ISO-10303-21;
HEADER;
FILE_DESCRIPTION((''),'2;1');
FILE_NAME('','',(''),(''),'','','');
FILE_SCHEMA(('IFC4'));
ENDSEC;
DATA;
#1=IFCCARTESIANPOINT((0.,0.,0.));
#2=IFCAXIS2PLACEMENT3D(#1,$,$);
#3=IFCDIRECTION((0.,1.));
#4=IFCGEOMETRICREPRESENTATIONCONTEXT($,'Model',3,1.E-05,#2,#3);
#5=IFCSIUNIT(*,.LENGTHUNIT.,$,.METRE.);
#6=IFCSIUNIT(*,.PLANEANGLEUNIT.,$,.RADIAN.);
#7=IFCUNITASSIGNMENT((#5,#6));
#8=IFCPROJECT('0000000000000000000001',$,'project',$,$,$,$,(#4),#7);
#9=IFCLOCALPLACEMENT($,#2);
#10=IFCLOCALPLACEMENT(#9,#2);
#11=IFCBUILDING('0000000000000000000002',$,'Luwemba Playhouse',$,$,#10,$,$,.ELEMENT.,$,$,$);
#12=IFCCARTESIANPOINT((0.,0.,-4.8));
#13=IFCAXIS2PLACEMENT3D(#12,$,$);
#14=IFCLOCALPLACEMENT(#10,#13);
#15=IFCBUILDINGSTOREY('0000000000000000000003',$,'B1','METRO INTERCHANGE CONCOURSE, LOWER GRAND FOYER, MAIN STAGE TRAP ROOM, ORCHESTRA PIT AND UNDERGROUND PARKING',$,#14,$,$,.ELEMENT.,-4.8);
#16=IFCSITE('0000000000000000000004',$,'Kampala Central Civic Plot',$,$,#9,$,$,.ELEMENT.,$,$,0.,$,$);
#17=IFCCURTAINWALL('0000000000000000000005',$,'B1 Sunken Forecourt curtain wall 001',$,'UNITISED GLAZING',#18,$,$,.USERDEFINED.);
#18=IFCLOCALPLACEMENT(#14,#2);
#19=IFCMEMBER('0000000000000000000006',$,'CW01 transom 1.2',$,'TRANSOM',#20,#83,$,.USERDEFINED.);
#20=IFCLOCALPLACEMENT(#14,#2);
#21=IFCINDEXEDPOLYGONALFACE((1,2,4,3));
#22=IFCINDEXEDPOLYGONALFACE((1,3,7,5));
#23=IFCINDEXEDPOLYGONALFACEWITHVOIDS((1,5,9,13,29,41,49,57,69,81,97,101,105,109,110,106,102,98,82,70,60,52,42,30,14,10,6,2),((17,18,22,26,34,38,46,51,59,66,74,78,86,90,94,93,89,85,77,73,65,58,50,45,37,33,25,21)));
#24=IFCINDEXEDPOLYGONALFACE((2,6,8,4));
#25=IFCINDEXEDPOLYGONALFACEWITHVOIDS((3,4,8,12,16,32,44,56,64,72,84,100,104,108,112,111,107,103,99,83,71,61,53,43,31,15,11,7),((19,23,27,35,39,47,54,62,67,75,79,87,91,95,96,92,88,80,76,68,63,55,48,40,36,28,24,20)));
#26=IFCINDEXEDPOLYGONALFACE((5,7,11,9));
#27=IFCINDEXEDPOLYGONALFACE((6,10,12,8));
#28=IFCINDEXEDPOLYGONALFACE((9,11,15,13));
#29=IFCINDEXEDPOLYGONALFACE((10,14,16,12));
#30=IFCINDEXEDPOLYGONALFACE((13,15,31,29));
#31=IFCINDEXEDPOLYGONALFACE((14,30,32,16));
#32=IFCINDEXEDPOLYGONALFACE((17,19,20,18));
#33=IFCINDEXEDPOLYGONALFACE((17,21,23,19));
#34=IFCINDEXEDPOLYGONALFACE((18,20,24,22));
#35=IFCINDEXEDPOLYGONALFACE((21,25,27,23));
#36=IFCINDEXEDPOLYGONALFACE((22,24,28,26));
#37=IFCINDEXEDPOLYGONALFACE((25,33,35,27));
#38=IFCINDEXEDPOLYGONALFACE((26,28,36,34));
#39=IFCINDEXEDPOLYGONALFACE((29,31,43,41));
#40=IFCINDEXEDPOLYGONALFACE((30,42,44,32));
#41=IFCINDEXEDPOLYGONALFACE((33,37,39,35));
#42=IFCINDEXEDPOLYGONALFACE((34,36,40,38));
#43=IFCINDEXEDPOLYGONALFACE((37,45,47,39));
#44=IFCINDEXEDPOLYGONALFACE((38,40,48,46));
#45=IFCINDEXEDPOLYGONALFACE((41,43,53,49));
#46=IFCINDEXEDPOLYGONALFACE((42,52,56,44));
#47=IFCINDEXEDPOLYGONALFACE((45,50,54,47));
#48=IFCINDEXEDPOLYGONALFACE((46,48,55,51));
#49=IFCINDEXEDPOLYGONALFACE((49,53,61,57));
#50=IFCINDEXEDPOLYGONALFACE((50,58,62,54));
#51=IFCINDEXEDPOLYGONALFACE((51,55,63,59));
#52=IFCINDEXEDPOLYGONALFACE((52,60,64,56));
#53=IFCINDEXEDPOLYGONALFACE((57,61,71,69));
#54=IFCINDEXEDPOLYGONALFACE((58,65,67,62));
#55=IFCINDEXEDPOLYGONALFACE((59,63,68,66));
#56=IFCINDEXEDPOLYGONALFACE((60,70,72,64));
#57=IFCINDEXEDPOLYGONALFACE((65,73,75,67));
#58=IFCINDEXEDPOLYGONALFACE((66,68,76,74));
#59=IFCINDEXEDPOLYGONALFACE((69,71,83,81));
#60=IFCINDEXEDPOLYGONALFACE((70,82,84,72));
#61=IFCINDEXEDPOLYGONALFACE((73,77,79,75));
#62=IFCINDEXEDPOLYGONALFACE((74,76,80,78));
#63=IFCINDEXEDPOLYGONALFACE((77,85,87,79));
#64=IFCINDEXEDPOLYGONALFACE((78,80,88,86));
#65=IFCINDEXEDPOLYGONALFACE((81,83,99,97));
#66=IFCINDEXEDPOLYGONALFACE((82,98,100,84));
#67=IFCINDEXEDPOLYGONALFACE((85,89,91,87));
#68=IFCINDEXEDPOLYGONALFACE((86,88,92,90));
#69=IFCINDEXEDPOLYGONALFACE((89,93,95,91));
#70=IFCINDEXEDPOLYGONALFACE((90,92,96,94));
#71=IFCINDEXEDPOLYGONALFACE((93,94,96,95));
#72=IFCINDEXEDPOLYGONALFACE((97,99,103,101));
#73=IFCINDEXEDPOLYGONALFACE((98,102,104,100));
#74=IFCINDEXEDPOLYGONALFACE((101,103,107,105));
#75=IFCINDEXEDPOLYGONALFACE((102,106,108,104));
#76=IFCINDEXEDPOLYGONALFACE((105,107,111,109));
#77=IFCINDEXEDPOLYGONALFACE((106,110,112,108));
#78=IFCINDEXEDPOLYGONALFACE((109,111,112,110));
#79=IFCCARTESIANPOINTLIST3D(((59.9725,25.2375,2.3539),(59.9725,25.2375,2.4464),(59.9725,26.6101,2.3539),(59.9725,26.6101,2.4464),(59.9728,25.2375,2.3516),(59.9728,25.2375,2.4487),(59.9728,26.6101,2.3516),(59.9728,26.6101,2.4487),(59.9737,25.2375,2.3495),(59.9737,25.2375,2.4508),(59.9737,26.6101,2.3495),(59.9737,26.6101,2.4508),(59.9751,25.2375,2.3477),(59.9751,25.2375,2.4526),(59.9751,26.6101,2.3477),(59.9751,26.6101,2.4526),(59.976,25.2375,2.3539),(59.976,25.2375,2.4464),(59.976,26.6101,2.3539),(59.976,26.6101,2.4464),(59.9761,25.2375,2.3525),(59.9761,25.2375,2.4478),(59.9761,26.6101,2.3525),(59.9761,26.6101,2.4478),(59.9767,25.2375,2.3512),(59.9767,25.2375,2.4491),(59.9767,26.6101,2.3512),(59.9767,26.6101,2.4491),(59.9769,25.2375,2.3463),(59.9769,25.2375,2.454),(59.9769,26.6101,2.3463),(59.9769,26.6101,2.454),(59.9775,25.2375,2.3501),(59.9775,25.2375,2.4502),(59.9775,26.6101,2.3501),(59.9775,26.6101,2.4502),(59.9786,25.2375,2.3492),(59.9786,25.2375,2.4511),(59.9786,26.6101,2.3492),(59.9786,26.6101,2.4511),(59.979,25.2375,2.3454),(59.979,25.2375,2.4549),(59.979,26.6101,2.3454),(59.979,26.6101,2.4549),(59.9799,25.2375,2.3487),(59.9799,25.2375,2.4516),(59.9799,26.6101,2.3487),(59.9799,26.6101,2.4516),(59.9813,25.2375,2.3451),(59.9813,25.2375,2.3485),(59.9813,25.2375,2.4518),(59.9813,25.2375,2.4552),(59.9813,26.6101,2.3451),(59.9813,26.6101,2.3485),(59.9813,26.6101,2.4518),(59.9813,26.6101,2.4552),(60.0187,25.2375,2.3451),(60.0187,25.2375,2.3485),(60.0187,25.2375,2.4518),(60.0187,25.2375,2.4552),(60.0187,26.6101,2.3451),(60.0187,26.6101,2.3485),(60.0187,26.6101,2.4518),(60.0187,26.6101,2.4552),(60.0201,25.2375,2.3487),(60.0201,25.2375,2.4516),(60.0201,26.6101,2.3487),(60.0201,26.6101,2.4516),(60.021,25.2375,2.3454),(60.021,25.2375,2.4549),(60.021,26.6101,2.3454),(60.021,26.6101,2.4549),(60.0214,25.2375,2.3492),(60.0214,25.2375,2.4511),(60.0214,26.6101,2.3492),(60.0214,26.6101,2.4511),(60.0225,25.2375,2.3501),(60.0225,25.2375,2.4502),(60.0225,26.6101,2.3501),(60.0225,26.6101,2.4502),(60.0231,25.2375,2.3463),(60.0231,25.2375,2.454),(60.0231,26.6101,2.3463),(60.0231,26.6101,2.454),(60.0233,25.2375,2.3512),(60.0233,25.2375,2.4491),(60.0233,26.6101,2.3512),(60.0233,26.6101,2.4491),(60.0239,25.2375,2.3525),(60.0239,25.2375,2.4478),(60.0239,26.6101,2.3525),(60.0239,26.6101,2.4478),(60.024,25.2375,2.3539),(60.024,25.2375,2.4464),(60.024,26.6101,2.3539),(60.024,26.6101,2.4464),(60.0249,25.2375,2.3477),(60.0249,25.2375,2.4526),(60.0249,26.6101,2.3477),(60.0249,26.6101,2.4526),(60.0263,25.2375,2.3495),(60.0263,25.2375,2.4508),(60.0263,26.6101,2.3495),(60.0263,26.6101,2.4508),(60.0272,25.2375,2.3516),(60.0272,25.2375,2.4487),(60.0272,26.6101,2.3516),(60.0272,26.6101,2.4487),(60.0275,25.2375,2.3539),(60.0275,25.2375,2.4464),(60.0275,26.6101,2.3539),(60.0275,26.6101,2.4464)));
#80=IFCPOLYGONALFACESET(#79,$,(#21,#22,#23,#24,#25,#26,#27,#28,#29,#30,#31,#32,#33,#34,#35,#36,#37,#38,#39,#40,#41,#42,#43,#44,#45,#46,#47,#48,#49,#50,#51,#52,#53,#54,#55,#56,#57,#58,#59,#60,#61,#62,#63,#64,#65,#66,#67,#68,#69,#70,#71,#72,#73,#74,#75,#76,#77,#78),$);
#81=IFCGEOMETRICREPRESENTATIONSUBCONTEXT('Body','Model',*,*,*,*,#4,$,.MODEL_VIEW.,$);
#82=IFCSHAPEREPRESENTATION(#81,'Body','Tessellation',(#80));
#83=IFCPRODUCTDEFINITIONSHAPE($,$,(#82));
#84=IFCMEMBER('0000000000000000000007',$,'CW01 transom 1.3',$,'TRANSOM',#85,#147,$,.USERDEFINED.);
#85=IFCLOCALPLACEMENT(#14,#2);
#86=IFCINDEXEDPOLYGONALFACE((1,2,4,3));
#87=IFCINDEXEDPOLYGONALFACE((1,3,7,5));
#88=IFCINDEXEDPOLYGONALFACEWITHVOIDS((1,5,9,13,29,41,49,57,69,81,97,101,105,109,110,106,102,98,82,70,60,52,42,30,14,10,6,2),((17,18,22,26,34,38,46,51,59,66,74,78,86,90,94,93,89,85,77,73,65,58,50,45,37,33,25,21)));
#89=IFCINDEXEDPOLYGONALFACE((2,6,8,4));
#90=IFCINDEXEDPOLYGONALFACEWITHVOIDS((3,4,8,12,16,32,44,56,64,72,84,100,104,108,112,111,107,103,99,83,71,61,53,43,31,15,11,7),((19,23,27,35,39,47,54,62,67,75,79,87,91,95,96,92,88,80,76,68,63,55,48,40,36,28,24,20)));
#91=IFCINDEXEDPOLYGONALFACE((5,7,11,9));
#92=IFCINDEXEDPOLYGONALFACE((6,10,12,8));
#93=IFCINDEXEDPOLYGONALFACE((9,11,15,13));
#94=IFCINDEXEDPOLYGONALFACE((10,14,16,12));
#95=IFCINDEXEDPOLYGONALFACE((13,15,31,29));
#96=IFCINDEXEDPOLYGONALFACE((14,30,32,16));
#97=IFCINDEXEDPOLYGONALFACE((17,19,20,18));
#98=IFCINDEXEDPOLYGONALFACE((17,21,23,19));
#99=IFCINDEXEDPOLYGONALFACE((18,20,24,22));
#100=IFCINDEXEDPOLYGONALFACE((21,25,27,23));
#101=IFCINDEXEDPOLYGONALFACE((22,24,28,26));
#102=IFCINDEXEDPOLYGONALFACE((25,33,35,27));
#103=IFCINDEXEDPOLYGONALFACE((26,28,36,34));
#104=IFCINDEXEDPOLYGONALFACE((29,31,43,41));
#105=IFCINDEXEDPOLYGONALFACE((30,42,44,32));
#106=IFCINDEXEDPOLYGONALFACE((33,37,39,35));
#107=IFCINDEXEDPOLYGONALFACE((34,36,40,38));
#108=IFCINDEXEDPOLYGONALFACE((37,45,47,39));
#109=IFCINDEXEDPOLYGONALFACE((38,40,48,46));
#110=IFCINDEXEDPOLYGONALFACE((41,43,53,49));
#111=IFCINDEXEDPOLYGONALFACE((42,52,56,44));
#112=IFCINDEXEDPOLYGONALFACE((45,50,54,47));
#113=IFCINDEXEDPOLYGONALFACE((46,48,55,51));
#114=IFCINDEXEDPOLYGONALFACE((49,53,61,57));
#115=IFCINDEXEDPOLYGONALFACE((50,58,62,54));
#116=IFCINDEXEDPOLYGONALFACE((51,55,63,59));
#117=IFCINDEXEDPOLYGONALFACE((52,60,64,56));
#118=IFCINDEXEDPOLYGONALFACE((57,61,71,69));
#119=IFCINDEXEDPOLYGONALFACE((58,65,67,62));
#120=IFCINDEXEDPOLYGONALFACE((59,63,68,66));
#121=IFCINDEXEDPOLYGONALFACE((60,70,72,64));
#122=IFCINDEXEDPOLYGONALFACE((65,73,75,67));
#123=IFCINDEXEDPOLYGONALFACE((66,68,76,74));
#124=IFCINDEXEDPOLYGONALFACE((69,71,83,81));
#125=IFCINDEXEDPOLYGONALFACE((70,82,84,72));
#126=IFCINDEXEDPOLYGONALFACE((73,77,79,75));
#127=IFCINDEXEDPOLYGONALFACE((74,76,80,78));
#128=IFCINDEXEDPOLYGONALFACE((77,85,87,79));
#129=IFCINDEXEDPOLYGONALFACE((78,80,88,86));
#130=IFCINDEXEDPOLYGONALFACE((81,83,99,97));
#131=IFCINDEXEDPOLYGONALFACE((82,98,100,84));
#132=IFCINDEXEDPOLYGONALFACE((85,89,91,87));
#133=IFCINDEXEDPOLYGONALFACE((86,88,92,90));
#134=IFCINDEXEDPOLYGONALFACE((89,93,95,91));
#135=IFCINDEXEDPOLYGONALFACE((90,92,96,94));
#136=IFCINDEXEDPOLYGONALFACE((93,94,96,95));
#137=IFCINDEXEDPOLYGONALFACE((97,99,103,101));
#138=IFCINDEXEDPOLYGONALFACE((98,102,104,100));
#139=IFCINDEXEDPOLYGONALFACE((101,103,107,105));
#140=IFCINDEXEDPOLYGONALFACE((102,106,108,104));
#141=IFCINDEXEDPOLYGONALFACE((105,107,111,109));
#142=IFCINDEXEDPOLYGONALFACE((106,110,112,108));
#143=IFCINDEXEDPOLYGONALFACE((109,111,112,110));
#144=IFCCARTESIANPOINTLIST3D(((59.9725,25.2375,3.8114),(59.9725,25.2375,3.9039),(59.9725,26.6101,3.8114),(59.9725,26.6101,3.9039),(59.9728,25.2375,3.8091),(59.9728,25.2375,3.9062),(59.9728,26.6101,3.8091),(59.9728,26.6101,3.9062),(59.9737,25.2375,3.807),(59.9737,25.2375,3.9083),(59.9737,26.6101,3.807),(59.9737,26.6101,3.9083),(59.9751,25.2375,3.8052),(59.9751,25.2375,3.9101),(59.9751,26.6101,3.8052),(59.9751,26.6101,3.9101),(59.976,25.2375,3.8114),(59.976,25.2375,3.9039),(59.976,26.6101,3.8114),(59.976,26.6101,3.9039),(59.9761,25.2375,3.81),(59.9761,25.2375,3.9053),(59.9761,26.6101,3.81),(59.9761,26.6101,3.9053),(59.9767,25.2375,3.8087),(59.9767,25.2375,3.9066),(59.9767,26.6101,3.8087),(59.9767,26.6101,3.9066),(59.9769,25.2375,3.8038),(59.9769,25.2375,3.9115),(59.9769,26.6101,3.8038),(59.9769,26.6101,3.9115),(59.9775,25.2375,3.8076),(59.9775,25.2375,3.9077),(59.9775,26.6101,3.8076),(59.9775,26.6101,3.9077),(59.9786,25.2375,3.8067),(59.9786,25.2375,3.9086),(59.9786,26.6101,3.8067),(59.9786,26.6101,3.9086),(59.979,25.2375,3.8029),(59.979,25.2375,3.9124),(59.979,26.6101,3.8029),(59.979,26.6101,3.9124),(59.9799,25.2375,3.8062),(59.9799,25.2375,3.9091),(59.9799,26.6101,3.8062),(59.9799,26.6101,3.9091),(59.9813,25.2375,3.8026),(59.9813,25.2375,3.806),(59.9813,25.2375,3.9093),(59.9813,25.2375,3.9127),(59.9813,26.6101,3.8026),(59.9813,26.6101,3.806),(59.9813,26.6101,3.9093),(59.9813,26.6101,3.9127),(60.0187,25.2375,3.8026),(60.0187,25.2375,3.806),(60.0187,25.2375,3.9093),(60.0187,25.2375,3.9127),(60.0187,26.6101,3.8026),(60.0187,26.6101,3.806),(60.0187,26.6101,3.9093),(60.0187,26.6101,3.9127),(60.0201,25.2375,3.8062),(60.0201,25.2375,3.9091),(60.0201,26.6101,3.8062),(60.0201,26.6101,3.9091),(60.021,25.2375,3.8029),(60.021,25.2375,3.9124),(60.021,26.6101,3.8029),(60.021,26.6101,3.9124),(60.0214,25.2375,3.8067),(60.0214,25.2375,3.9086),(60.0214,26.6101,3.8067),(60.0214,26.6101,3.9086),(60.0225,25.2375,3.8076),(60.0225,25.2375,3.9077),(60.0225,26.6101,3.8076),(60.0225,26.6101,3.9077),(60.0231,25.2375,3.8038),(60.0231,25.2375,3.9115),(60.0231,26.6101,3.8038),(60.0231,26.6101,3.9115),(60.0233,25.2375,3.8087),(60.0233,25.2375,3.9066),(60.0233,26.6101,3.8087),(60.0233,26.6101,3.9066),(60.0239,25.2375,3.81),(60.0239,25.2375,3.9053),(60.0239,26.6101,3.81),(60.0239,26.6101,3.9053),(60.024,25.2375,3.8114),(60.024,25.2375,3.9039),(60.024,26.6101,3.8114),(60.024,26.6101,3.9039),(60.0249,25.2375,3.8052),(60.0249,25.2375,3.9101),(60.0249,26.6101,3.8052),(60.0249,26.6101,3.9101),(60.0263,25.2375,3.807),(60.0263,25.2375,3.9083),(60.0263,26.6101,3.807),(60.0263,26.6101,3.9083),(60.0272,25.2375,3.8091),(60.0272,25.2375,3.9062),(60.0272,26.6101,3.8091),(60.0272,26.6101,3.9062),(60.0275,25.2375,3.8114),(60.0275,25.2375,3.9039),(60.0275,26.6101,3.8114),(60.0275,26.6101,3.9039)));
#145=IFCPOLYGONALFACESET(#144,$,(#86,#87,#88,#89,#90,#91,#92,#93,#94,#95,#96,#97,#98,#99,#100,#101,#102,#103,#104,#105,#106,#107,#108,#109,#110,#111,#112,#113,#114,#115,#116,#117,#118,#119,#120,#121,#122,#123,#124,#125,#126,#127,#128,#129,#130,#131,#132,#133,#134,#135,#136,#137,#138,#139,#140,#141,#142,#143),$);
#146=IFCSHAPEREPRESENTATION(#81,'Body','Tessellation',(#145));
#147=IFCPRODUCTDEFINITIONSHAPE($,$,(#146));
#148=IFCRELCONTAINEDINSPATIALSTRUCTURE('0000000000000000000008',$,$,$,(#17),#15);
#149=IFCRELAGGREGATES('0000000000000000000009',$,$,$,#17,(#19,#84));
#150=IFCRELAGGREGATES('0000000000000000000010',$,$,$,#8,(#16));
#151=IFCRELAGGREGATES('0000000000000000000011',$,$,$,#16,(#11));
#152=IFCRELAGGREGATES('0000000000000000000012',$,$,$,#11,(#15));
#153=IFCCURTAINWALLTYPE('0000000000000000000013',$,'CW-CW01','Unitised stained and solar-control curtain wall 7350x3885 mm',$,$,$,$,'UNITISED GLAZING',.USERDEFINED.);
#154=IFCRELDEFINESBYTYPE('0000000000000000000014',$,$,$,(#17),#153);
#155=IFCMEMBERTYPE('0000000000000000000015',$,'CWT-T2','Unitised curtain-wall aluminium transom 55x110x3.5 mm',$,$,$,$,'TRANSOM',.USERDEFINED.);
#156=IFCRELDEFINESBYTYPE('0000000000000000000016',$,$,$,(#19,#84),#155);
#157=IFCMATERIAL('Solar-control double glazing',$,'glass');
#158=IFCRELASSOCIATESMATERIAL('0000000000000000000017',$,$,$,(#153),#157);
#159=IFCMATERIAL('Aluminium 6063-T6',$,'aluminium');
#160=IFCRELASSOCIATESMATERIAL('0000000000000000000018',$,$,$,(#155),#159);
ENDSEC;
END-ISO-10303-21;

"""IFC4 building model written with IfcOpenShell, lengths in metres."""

from ifc_helpers import new_model, si_unit, direction, frame, origin, origin_2d, place, context, subcontext, project, spatial, hollow_rectangle, extrude, material, material_profile, profile_set, type_object, element, aggregate, save


model = new_model("IFC4")

# Units and contexts
model_context = context("Model", 3, precision=1e-05, world=origin(), true_north=direction((0.0, 1.0)))
body_context = subcontext(model_context, "Body", "Model", "MODEL_VIEW")
ifc_project = project(units=[si_unit("LENGTHUNIT", "METRE"), si_unit("PLANEANGLEUNIT", "RADIAN")], contexts=[model_context])

# Site, building, storey
site_placement = place(None, origin())
site = spatial("IfcSite", under=ifc_project, at=site_placement, Name="Kampala Central Civic Plot", CompositionType="ELEMENT", RefElevation=0.0)
building_placement = place(site_placement, origin())
building = spatial("IfcBuilding", under=site, at=building_placement, Name="Luwemba Playhouse", CompositionType="ELEMENT")
storey_placement = place(building_placement, frame((0.0, 0.0, -4.8)))
storey = spatial("IfcBuildingStorey", under=building, at=storey_placement, Name="B1", Description="METRO INTERCHANGE CONCOURSE, LOWER GRAND FOYER, MAIN STAGE TRAP ROOM, ORCHESTRA PIT AND UNDERGROUND PARKING", CompositionType="ELEMENT", Elevation=-4.8)

# Curtain wall, members
ifc_material_1 = material(Name="Solar-control double glazing", Category="glass")
curtain_wall_type = type_object("IfcCurtainWallType", Name="CW-CW01", Description="Unitised stained and solar-control curtain wall 7350x3885 mm", ElementType="UNITISED GLAZING", PredefinedType="USERDEFINED", material=ifc_material_1)
curtain_wall_placement = place(storey_placement, origin())
curtain_wall = element("IfcCurtainWall", 1, at=curtain_wall_placement, inside=storey, type_object=curtain_wall_type, Name="B1 Sunken Forecourt curtain wall 001", ObjectType="UNITISED GLAZING", PredefinedType="USERDEFINED")
ifc_material_2 = material(Name="Aluminium 6063-T6", Category="aluminium")
ifc_material_profile_1 = material_profile(ifc_material_2, hollow_rectangle(XDim=0.0549, YDim=0.1101, WallThickness=0.0034, InnerFilletRadius=0.0054, OuterFilletRadius=0.0088, at=origin_2d()))
ifc_profile_set_1 = profile_set([ifc_material_profile_1], Name="Aluminium 6063-T6")
member_type_1 = type_object("IfcMemberType", Name="CWT-T2", Description="Unitised curtain-wall aluminium transom 55x110x3.5 mm", ElementType="TRANSOM", PredefinedType="USERDEFINED", material=ifc_profile_set_1)
member_1_placement = place(storey_placement, frame((60.0, 26.6101, 2.4001), z_axis=(0.0, -1.0, 0.0), x_axis=(1.0, 0.0, 0.0)))
member_1 = element("IfcMember", 2, at=member_1_placement, type_object=member_type_1, Name="CW01 transom 1.2", ObjectType="TRANSOM", PredefinedType="USERDEFINED", context=body_context, shape_type="SweptSolid", body=[
    extrude(hollow_rectangle(XDim=0.0549, YDim=0.1101, WallThickness=0.0034, InnerFilletRadius=0.0054, OuterFilletRadius=0.0088, at=origin_2d()), origin(), (0.0, 0.0, 1.0), 1.3726),
])
member_2_placement = place(storey_placement, frame((60.0, 26.6101, 3.8577), z_axis=(0.0, -1.0, 0.0), x_axis=(1.0, 0.0, 0.0)))
member_2 = element("IfcMember", 3, at=member_2_placement, type_object=member_type_1, Name="CW01 transom 1.3", ObjectType="TRANSOM", PredefinedType="USERDEFINED", context=body_context, shape_type="SweptSolid", body=[
    extrude(hollow_rectangle(XDim=0.0549, YDim=0.1101, WallThickness=0.0034, InnerFilletRadius=0.0054, OuterFilletRadius=0.0088, at=origin_2d()), origin(), (0.0, 0.0, 1.0), 1.3726),
])
aggregate(curtain_wall, [member_1, member_2])

save(model, "model.ifc")
